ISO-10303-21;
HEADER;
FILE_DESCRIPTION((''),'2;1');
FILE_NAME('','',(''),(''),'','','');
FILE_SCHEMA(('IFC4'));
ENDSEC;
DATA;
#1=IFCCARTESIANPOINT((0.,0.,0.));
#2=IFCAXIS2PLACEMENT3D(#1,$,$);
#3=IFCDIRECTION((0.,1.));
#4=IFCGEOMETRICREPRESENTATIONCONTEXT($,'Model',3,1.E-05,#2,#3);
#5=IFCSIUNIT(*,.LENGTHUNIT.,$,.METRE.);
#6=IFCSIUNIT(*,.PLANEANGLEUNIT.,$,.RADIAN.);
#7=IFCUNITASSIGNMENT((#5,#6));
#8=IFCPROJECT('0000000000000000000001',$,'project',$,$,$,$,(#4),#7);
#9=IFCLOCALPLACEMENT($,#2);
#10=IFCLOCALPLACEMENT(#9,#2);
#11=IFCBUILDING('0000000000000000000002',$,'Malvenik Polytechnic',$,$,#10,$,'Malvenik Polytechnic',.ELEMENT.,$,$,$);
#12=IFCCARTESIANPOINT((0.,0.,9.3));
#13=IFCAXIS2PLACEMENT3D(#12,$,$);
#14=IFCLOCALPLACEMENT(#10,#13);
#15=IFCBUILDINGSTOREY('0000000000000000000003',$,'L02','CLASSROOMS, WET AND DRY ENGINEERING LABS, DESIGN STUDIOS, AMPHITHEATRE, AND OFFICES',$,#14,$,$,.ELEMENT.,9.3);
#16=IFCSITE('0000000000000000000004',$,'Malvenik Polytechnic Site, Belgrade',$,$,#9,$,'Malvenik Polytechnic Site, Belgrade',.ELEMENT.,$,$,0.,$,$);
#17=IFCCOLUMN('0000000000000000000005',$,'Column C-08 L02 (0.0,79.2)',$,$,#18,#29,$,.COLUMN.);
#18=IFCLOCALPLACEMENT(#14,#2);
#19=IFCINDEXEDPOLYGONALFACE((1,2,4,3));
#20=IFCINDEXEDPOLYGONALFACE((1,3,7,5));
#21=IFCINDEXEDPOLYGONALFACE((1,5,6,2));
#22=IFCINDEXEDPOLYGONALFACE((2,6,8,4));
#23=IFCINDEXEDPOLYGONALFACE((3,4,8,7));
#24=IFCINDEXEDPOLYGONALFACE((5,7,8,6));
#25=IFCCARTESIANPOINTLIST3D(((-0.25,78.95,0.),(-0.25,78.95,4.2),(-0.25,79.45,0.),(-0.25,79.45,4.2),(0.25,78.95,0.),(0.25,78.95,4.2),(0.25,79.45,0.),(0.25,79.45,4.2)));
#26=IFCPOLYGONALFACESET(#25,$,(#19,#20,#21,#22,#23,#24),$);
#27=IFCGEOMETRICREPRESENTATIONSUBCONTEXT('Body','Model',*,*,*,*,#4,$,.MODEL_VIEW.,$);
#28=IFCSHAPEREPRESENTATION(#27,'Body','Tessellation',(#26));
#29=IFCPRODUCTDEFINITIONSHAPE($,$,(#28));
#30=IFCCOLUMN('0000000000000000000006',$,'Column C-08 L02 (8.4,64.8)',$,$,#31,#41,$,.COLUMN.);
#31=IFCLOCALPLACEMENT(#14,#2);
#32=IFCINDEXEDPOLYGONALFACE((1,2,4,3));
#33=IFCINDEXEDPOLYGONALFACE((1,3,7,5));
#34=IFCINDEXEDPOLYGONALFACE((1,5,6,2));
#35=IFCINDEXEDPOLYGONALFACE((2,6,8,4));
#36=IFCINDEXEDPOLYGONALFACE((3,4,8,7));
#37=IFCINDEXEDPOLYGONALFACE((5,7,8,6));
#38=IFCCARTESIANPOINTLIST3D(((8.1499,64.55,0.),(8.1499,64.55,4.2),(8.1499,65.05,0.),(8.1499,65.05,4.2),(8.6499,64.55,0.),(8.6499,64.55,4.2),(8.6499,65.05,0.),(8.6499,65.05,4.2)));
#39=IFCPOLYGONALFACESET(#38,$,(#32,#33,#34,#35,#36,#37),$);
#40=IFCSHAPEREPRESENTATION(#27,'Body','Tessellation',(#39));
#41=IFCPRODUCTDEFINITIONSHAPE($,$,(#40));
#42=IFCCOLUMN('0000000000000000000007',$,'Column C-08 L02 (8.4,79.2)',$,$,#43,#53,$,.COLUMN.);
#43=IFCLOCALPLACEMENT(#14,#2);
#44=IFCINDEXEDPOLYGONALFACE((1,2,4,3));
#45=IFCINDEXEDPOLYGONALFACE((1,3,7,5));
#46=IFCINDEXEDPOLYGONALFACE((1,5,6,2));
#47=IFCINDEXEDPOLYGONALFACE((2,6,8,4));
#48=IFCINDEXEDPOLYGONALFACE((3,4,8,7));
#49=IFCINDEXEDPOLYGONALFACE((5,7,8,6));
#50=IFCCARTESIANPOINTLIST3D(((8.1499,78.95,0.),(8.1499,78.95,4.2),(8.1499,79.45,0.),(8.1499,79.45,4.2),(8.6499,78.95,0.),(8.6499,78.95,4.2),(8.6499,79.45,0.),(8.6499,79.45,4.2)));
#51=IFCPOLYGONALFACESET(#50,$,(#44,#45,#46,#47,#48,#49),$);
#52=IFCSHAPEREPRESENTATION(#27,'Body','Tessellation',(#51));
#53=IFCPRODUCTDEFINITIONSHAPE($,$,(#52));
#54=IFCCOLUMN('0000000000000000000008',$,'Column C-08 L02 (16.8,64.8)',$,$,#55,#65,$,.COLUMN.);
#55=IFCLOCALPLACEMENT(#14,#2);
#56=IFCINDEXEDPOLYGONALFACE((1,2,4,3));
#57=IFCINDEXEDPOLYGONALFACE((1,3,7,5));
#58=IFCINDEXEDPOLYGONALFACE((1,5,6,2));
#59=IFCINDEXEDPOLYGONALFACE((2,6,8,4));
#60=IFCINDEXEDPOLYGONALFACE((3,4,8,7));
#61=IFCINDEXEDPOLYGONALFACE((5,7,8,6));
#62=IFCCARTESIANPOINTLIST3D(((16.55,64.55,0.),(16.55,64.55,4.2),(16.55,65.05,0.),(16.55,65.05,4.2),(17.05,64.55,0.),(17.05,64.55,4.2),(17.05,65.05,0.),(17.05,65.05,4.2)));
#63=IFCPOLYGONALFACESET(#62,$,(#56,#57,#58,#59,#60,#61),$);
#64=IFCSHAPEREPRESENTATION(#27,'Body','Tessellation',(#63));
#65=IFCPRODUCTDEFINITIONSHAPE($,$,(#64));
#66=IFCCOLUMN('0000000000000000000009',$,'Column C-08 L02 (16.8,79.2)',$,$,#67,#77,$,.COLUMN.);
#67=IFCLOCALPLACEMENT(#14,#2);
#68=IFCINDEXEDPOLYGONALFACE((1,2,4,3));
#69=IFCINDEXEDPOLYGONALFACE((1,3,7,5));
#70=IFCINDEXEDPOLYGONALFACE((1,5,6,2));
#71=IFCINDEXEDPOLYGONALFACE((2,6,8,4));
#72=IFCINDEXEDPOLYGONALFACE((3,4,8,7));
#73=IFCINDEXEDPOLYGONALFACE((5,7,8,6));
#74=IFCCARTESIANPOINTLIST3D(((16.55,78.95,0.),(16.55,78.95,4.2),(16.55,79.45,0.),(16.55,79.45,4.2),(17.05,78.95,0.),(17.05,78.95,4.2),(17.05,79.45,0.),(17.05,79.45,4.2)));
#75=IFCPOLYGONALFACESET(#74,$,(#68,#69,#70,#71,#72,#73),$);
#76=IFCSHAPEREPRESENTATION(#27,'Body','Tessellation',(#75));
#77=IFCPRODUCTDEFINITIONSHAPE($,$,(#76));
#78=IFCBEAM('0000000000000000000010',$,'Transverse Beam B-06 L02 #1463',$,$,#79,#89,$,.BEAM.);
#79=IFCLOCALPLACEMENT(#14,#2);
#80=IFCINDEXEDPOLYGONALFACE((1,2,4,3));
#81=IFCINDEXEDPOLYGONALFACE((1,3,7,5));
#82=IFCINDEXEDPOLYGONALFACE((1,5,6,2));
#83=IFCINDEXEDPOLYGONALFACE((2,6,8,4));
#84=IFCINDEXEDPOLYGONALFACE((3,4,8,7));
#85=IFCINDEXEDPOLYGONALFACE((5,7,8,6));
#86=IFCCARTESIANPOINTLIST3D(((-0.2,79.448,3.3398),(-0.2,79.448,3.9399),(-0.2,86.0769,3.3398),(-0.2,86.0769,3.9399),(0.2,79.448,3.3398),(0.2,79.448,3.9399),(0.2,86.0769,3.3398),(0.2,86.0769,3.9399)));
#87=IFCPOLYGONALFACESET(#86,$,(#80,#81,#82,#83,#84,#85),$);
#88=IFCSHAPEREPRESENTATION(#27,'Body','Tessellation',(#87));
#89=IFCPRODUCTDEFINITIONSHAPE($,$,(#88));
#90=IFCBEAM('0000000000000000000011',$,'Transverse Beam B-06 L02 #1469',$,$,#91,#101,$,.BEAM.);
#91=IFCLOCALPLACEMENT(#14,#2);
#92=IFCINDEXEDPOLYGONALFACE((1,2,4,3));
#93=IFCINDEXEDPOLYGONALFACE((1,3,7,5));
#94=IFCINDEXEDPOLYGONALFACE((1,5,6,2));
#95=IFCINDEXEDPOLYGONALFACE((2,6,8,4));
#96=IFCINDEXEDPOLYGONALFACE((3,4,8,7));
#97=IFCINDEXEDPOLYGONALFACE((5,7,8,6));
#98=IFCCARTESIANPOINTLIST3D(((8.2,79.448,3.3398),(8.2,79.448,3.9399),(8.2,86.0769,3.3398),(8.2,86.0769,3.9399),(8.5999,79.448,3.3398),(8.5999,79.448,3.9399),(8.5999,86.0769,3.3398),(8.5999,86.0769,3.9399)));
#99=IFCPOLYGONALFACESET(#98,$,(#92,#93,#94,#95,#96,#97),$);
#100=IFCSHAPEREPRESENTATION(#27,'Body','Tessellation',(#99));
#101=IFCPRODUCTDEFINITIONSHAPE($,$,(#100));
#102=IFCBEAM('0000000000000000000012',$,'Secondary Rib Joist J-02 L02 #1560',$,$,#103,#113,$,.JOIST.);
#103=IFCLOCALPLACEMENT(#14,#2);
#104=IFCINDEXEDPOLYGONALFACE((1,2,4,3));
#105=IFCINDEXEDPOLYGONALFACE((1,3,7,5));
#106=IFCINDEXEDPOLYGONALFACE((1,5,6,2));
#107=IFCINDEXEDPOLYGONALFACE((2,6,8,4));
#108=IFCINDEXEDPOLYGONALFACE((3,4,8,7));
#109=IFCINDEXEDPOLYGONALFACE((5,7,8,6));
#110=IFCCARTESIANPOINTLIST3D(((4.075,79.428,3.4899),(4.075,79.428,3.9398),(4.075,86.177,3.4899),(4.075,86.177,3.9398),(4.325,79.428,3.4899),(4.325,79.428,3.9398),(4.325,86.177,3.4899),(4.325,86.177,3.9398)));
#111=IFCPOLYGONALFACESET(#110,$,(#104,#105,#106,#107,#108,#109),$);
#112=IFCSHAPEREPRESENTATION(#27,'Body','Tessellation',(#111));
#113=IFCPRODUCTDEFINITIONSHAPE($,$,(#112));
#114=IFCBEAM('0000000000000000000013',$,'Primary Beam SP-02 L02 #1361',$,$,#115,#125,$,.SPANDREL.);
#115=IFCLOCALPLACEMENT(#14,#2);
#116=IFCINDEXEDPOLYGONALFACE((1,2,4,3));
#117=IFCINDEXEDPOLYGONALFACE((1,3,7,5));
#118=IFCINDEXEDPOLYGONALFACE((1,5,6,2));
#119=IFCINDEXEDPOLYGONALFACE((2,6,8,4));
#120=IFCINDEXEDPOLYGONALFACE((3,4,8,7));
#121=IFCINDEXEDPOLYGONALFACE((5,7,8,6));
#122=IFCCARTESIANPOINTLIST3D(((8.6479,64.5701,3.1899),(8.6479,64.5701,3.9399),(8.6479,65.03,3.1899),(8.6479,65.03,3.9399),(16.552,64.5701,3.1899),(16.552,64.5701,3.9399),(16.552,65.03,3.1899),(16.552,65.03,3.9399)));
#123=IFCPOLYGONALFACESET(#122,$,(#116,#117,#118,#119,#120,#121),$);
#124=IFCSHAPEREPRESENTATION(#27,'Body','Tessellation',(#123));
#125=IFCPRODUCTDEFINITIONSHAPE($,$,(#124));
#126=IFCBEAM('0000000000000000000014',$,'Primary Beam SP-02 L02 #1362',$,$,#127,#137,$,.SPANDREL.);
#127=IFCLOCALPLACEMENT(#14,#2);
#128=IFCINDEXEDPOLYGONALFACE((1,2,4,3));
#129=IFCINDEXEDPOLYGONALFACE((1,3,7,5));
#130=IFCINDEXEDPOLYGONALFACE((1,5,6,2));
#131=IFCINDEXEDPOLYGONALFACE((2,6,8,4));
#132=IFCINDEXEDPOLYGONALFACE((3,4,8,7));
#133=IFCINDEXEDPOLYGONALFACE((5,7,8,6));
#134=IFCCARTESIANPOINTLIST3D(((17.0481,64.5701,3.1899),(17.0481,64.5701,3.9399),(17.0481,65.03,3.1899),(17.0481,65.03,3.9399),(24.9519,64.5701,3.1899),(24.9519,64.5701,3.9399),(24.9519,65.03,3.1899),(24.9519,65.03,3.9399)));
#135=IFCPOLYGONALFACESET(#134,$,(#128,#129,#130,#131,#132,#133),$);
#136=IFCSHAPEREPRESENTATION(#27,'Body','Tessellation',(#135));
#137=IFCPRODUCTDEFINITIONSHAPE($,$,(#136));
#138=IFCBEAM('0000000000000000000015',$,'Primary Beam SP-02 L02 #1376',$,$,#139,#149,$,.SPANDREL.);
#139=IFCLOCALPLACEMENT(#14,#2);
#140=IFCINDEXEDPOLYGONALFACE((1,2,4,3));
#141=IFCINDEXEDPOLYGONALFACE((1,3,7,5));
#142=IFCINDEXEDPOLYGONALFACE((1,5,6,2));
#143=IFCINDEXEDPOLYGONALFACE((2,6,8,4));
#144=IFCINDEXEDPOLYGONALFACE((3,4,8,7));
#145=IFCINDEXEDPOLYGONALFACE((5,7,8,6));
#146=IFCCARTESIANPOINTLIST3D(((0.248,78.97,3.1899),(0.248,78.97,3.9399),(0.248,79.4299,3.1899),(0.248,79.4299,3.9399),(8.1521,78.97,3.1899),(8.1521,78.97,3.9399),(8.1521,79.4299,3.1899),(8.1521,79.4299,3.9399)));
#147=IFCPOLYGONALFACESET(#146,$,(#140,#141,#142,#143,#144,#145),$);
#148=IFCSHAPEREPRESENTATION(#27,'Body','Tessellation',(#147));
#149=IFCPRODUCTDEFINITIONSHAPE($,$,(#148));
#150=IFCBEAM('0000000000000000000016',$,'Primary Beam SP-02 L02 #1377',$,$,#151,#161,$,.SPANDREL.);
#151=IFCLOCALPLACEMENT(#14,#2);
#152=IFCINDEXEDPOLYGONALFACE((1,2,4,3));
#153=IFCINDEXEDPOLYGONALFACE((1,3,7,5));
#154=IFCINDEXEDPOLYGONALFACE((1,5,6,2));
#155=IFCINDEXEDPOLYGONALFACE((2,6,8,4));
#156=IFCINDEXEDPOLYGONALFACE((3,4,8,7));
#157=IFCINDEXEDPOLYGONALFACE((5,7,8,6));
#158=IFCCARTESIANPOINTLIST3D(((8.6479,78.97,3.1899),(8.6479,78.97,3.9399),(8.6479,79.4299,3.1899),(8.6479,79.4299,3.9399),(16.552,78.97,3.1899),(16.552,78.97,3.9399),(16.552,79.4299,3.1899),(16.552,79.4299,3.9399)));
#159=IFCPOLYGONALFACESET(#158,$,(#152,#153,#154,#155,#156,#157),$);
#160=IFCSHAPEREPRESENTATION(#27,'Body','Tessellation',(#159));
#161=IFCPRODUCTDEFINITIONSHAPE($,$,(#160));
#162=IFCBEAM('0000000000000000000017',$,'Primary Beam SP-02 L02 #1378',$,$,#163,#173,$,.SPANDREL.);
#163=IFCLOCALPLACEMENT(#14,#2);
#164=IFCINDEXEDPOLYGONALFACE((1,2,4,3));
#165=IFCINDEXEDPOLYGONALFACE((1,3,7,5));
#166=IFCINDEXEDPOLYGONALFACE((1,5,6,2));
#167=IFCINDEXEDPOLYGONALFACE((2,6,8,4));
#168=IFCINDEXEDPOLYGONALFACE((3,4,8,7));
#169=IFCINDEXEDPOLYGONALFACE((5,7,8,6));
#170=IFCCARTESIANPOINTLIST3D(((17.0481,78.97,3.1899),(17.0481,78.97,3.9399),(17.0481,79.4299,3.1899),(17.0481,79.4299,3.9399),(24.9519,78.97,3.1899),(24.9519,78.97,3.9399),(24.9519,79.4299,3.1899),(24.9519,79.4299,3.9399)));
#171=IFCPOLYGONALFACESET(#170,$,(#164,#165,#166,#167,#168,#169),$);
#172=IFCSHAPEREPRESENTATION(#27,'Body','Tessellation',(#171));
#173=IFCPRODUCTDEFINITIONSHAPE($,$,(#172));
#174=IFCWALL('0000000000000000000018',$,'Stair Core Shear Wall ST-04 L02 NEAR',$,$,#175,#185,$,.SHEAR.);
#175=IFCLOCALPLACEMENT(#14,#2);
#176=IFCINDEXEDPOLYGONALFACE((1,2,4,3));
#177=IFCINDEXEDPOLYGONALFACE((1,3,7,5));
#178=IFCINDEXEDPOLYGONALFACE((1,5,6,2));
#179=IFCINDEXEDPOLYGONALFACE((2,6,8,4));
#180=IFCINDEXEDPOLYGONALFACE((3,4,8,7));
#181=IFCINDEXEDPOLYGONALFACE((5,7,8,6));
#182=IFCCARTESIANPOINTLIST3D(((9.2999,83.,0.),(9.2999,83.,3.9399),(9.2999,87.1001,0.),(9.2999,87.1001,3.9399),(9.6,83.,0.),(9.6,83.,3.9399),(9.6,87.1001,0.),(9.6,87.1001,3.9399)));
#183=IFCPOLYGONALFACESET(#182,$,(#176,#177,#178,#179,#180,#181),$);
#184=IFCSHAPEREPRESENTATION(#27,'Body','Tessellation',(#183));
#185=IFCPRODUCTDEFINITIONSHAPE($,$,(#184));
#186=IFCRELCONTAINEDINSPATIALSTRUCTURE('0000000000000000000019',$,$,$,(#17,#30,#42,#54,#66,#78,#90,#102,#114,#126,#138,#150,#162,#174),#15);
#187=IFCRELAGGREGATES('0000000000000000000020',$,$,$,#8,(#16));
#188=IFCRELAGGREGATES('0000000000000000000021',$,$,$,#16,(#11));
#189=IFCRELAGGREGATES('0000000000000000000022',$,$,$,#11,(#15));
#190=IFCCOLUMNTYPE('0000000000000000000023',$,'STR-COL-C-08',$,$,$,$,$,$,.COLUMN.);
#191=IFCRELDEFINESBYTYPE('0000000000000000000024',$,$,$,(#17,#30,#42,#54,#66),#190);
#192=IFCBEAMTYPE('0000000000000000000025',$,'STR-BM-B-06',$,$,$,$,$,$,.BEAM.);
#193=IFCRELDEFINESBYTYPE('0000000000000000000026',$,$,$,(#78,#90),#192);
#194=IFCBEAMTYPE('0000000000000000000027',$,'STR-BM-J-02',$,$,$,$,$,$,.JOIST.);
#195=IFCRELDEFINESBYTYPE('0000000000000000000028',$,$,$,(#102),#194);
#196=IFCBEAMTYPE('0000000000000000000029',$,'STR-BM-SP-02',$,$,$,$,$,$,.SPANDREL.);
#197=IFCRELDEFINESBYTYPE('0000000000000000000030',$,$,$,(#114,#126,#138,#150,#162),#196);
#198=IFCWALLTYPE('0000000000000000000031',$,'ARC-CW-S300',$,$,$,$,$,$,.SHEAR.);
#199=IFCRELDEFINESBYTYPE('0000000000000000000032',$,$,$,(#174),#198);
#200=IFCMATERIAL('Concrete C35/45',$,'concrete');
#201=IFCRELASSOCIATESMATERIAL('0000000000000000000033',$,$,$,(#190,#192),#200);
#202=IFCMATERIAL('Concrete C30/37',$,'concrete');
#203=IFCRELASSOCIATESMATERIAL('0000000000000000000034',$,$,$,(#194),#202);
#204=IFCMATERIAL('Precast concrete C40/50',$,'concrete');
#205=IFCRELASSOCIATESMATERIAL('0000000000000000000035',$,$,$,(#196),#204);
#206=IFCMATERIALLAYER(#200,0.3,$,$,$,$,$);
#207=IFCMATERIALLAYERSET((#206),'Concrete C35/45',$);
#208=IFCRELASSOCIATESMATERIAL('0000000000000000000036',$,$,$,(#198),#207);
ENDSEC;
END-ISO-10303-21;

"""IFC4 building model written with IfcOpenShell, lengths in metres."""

from ifc_helpers import new_model, si_unit, direction, frame, frame_2d, origin, origin_2d, place, context, subcontext, project, spatial, rectangle, extrude, material, layer, layer_set, material_profile, profile_set, type_object, element, save


model = new_model("IFC4")

# Units and contexts
model_context = context("Model", 3, precision=1e-05, world=origin(), true_north=direction((0.0, 1.0)))
body_context = subcontext(model_context, "Body", "Model", "MODEL_VIEW")
ifc_project = project(units=[si_unit("LENGTHUNIT", "METRE"), si_unit("PLANEANGLEUNIT", "RADIAN")], contexts=[model_context])

# Site, building, storey
site_placement = place(None, origin())
site = spatial("IfcSite", under=ifc_project, at=site_placement, Name="Malvenik Polytechnic Site, Belgrade", LongName="Malvenik Polytechnic Site, Belgrade", CompositionType="ELEMENT", RefElevation=0.0)
building_placement = place(site_placement, origin())
building = spatial("IfcBuilding", under=site, at=building_placement, Name="Malvenik Polytechnic", LongName="Malvenik Polytechnic", CompositionType="ELEMENT")
storey_placement = place(building_placement, frame((0.0, 0.0, 9.3)))
storey = spatial("IfcBuildingStorey", under=building, at=storey_placement, Name="L02", Description="CLASSROOMS, WET AND DRY ENGINEERING LABS, DESIGN STUDIOS, AMPHITHEATRE, AND OFFICES", CompositionType="ELEMENT", Elevation=9.3)

# Columns
ifc_material_1 = material(Name="Concrete C35/45", Category="concrete")
ifc_material_profile_1 = material_profile(ifc_material_1, rectangle(XDim=0.5, YDim=0.5, at=origin_2d()), Name="RC COL 500x500")
ifc_profile_set_1 = profile_set([ifc_material_profile_1], Name="Concrete C35/45")
column_type = type_object("IfcColumnType", Name="STR-COL-C-08", PredefinedType="COLUMN", material=ifc_profile_set_1)
for number, where, z_axis, x_axis, name in (
    (1, (0.0, 79.2, 0.0), (0.0, 0.0, 1.0), (1.0, 0.0, 0.0), "Column C-08 L02 (0.0,79.2)"),
    (2, (8.3999, 64.8, 0.0), (0.0, 0.0, 1.0), (1.0, 0.0, 0.0), "Column C-08 L02 (8.4,64.8)"),
    (3, (8.3999, 79.2, 0.0), (0.0, 0.0, 1.0), (1.0, 0.0, 0.0), "Column C-08 L02 (8.4,79.2)"),
    (4, (16.8, 64.8, 0.0), (0.0, 0.0, 1.0), (1.0, 0.0, 0.0), "Column C-08 L02 (16.8,64.8)"),
    (5, (16.8, 79.2, 0.0), (0.0, 0.0, 1.0), (1.0, 0.0, 0.0), "Column C-08 L02 (16.8,79.2)"),
):
    element("IfcColumn", number, at=place(storey_placement, frame(where, z_axis=z_axis, x_axis=x_axis)), inside=storey, type_object=column_type, Name=name, PredefinedType="COLUMN", context=body_context, shape_type="SweptSolid", body=[
        extrude(rectangle(XDim=0.5, YDim=0.5, at=origin_2d()), origin(), (0.0, 0.0, 1.0), 4.2),
    ])

# Beams
ifc_material_profile_2 = material_profile(ifc_material_1, rectangle(XDim=0.3999, YDim=0.6001, at=origin_2d()), Name="RC BM 400x600")
ifc_profile_set_2 = profile_set([ifc_material_profile_2], Name="Concrete C35/45")
beam_type_1 = type_object("IfcBeamType", Name="STR-BM-B-06", PredefinedType="BEAM", material=ifc_profile_set_2)
for number, where, z_axis, x_axis, name in (
    (6, (0.0, 79.448, 3.6399), (0.0, 1.0, 0.0), (-1.0, 0.0, 0.0), "Transverse Beam B-06 L02 #1463"),
    (7, (8.3999, 79.448, 3.6399), (0.0, 1.0, 0.0), (-1.0, 0.0, 0.0), "Transverse Beam B-06 L02 #1469"),
):
    element("IfcBeam", number, at=place(storey_placement, frame(where, z_axis=z_axis, x_axis=x_axis)), inside=storey, type_object=beam_type_1, Name=name, PredefinedType="BEAM", context=body_context, shape_type="SweptSolid", body=[
        extrude(rectangle(XDim=0.3999, YDim=0.6001, at=origin_2d()), origin(), (0.0, 0.0, 1.0), 6.6289),
    ])
ifc_material_2 = material(Name="Concrete C30/37", Category="concrete")
ifc_material_profile_3 = material_profile(ifc_material_2, rectangle(XDim=0.25, YDim=0.45, at=origin_2d()), Name="RC JST 250x450")
ifc_profile_set_3 = profile_set([ifc_material_profile_3], Name="Concrete C30/37")
beam_type_2 = type_object("IfcBeamType", Name="STR-BM-J-02", PredefinedType="JOIST", material=ifc_profile_set_3)
beam_1_placement = place(storey_placement, frame((4.2, 79.428, 3.7148), z_axis=(0.0, 1.0, 0.0), x_axis=(-1.0, 0.0, 0.0)))
element("IfcBeam", 8, at=beam_1_placement, inside=storey, type_object=beam_type_2, Name="Secondary Rib Joist J-02 L02 #1560", PredefinedType="JOIST", context=body_context, shape_type="SweptSolid", body=[
    extrude(rectangle(XDim=0.25, YDim=0.45, at=origin_2d()), origin(), (0.0, 0.0, 1.0), 6.749),
])
ifc_material_3 = material(Name="Precast concrete C40/50", Category="concrete")
ifc_material_profile_4 = material_profile(ifc_material_3, rectangle(XDim=0.46, YDim=0.75, at=origin_2d()), Name="PC SPN 460x750")
ifc_profile_set_4 = profile_set([ifc_material_profile_4], Name="Precast concrete C40/50")
beam_type_3 = type_object("IfcBeamType", Name="STR-BM-SP-02", PredefinedType="SPANDREL", material=ifc_profile_set_4)
beam_2_placement = place(storey_placement, frame((8.6479, 64.8, 3.5649), z_axis=(1.0, 0.0, 0.0), x_axis=(0.0, 1.0, 0.0)))
element("IfcBeam", 9, at=beam_2_placement, inside=storey, type_object=beam_type_3, Name="Primary Beam SP-02 L02 #1361", PredefinedType="SPANDREL", context=body_context, shape_type="SweptSolid", body=[
    extrude(rectangle(XDim=0.46, YDim=0.75, at=origin_2d()), origin(), (0.0, 0.0, 1.0), 7.9041),
])
beam_3_placement = place(storey_placement, frame((17.0481, 64.8, 3.5649), z_axis=(1.0, 0.0, 0.0), x_axis=(0.0, 1.0, 0.0)))
element("IfcBeam", 10, at=beam_3_placement, inside=storey, type_object=beam_type_3, Name="Primary Beam SP-02 L02 #1362", PredefinedType="SPANDREL", context=body_context, shape_type="SweptSolid", body=[
    extrude(rectangle(XDim=0.46, YDim=0.75, at=origin_2d()), origin(), (0.0, 0.0, 1.0), 7.9038),
])
for number, where, z_axis, x_axis, name in (
    (11, (0.248, 79.2, 3.5649), (1.0, 0.0, 0.0), (0.0, 1.0, 0.0), "Primary Beam SP-02 L02 #1376"),
    (12, (8.6479, 79.2, 3.5649), (1.0, 0.0, 0.0), (0.0, 1.0, 0.0), "Primary Beam SP-02 L02 #1377"),
):
    element("IfcBeam", number, at=place(storey_placement, frame(where, z_axis=z_axis, x_axis=x_axis)), inside=storey, type_object=beam_type_3, Name=name, PredefinedType="SPANDREL", context=body_context, shape_type="SweptSolid", body=[
        extrude(rectangle(XDim=0.46, YDim=0.75, at=origin_2d()), origin(), (0.0, 0.0, 1.0), 7.9041),
    ])
beam_4_placement = place(storey_placement, frame((17.0481, 79.2, 3.5649), z_axis=(1.0, 0.0, 0.0), x_axis=(0.0, 1.0, 0.0)))
element("IfcBeam", 13, at=beam_4_placement, inside=storey, type_object=beam_type_3, Name="Primary Beam SP-02 L02 #1378", PredefinedType="SPANDREL", context=body_context, shape_type="SweptSolid", body=[
    extrude(rectangle(XDim=0.46, YDim=0.75, at=origin_2d()), origin(), (0.0, 0.0, 1.0), 7.9038),
])

# Wall
ifc_layer_1 = layer(ifc_material_1, 0.3)
ifc_layer_set_1 = layer_set([ifc_layer_1], Name="Concrete C35/45")
wall_type_1 = type_object("IfcWallType", Name="ARC-CW-S300", PredefinedType="SHEAR", material=ifc_layer_set_1)
wall_1_placement = place(storey_placement, frame((9.45, 83.0, 0.0), z_axis=(0.0, 0.0, 1.0), x_axis=(0.0, 1.0, 0.0)))
element("IfcWall", 14, at=wall_1_placement, inside=storey, type_object=wall_type_1, Name="Stair Core Shear Wall ST-04 L02 NEAR", PredefinedType="SHEAR", context=body_context, shape_type="SweptSolid", body=[
    extrude(rectangle(XDim=4.1001, YDim=0.3, at=frame_2d((2.05, 0.0))), origin(), (0.0, 0.0, 1.0), 3.9399),
])

save(model, "model.ifc")
